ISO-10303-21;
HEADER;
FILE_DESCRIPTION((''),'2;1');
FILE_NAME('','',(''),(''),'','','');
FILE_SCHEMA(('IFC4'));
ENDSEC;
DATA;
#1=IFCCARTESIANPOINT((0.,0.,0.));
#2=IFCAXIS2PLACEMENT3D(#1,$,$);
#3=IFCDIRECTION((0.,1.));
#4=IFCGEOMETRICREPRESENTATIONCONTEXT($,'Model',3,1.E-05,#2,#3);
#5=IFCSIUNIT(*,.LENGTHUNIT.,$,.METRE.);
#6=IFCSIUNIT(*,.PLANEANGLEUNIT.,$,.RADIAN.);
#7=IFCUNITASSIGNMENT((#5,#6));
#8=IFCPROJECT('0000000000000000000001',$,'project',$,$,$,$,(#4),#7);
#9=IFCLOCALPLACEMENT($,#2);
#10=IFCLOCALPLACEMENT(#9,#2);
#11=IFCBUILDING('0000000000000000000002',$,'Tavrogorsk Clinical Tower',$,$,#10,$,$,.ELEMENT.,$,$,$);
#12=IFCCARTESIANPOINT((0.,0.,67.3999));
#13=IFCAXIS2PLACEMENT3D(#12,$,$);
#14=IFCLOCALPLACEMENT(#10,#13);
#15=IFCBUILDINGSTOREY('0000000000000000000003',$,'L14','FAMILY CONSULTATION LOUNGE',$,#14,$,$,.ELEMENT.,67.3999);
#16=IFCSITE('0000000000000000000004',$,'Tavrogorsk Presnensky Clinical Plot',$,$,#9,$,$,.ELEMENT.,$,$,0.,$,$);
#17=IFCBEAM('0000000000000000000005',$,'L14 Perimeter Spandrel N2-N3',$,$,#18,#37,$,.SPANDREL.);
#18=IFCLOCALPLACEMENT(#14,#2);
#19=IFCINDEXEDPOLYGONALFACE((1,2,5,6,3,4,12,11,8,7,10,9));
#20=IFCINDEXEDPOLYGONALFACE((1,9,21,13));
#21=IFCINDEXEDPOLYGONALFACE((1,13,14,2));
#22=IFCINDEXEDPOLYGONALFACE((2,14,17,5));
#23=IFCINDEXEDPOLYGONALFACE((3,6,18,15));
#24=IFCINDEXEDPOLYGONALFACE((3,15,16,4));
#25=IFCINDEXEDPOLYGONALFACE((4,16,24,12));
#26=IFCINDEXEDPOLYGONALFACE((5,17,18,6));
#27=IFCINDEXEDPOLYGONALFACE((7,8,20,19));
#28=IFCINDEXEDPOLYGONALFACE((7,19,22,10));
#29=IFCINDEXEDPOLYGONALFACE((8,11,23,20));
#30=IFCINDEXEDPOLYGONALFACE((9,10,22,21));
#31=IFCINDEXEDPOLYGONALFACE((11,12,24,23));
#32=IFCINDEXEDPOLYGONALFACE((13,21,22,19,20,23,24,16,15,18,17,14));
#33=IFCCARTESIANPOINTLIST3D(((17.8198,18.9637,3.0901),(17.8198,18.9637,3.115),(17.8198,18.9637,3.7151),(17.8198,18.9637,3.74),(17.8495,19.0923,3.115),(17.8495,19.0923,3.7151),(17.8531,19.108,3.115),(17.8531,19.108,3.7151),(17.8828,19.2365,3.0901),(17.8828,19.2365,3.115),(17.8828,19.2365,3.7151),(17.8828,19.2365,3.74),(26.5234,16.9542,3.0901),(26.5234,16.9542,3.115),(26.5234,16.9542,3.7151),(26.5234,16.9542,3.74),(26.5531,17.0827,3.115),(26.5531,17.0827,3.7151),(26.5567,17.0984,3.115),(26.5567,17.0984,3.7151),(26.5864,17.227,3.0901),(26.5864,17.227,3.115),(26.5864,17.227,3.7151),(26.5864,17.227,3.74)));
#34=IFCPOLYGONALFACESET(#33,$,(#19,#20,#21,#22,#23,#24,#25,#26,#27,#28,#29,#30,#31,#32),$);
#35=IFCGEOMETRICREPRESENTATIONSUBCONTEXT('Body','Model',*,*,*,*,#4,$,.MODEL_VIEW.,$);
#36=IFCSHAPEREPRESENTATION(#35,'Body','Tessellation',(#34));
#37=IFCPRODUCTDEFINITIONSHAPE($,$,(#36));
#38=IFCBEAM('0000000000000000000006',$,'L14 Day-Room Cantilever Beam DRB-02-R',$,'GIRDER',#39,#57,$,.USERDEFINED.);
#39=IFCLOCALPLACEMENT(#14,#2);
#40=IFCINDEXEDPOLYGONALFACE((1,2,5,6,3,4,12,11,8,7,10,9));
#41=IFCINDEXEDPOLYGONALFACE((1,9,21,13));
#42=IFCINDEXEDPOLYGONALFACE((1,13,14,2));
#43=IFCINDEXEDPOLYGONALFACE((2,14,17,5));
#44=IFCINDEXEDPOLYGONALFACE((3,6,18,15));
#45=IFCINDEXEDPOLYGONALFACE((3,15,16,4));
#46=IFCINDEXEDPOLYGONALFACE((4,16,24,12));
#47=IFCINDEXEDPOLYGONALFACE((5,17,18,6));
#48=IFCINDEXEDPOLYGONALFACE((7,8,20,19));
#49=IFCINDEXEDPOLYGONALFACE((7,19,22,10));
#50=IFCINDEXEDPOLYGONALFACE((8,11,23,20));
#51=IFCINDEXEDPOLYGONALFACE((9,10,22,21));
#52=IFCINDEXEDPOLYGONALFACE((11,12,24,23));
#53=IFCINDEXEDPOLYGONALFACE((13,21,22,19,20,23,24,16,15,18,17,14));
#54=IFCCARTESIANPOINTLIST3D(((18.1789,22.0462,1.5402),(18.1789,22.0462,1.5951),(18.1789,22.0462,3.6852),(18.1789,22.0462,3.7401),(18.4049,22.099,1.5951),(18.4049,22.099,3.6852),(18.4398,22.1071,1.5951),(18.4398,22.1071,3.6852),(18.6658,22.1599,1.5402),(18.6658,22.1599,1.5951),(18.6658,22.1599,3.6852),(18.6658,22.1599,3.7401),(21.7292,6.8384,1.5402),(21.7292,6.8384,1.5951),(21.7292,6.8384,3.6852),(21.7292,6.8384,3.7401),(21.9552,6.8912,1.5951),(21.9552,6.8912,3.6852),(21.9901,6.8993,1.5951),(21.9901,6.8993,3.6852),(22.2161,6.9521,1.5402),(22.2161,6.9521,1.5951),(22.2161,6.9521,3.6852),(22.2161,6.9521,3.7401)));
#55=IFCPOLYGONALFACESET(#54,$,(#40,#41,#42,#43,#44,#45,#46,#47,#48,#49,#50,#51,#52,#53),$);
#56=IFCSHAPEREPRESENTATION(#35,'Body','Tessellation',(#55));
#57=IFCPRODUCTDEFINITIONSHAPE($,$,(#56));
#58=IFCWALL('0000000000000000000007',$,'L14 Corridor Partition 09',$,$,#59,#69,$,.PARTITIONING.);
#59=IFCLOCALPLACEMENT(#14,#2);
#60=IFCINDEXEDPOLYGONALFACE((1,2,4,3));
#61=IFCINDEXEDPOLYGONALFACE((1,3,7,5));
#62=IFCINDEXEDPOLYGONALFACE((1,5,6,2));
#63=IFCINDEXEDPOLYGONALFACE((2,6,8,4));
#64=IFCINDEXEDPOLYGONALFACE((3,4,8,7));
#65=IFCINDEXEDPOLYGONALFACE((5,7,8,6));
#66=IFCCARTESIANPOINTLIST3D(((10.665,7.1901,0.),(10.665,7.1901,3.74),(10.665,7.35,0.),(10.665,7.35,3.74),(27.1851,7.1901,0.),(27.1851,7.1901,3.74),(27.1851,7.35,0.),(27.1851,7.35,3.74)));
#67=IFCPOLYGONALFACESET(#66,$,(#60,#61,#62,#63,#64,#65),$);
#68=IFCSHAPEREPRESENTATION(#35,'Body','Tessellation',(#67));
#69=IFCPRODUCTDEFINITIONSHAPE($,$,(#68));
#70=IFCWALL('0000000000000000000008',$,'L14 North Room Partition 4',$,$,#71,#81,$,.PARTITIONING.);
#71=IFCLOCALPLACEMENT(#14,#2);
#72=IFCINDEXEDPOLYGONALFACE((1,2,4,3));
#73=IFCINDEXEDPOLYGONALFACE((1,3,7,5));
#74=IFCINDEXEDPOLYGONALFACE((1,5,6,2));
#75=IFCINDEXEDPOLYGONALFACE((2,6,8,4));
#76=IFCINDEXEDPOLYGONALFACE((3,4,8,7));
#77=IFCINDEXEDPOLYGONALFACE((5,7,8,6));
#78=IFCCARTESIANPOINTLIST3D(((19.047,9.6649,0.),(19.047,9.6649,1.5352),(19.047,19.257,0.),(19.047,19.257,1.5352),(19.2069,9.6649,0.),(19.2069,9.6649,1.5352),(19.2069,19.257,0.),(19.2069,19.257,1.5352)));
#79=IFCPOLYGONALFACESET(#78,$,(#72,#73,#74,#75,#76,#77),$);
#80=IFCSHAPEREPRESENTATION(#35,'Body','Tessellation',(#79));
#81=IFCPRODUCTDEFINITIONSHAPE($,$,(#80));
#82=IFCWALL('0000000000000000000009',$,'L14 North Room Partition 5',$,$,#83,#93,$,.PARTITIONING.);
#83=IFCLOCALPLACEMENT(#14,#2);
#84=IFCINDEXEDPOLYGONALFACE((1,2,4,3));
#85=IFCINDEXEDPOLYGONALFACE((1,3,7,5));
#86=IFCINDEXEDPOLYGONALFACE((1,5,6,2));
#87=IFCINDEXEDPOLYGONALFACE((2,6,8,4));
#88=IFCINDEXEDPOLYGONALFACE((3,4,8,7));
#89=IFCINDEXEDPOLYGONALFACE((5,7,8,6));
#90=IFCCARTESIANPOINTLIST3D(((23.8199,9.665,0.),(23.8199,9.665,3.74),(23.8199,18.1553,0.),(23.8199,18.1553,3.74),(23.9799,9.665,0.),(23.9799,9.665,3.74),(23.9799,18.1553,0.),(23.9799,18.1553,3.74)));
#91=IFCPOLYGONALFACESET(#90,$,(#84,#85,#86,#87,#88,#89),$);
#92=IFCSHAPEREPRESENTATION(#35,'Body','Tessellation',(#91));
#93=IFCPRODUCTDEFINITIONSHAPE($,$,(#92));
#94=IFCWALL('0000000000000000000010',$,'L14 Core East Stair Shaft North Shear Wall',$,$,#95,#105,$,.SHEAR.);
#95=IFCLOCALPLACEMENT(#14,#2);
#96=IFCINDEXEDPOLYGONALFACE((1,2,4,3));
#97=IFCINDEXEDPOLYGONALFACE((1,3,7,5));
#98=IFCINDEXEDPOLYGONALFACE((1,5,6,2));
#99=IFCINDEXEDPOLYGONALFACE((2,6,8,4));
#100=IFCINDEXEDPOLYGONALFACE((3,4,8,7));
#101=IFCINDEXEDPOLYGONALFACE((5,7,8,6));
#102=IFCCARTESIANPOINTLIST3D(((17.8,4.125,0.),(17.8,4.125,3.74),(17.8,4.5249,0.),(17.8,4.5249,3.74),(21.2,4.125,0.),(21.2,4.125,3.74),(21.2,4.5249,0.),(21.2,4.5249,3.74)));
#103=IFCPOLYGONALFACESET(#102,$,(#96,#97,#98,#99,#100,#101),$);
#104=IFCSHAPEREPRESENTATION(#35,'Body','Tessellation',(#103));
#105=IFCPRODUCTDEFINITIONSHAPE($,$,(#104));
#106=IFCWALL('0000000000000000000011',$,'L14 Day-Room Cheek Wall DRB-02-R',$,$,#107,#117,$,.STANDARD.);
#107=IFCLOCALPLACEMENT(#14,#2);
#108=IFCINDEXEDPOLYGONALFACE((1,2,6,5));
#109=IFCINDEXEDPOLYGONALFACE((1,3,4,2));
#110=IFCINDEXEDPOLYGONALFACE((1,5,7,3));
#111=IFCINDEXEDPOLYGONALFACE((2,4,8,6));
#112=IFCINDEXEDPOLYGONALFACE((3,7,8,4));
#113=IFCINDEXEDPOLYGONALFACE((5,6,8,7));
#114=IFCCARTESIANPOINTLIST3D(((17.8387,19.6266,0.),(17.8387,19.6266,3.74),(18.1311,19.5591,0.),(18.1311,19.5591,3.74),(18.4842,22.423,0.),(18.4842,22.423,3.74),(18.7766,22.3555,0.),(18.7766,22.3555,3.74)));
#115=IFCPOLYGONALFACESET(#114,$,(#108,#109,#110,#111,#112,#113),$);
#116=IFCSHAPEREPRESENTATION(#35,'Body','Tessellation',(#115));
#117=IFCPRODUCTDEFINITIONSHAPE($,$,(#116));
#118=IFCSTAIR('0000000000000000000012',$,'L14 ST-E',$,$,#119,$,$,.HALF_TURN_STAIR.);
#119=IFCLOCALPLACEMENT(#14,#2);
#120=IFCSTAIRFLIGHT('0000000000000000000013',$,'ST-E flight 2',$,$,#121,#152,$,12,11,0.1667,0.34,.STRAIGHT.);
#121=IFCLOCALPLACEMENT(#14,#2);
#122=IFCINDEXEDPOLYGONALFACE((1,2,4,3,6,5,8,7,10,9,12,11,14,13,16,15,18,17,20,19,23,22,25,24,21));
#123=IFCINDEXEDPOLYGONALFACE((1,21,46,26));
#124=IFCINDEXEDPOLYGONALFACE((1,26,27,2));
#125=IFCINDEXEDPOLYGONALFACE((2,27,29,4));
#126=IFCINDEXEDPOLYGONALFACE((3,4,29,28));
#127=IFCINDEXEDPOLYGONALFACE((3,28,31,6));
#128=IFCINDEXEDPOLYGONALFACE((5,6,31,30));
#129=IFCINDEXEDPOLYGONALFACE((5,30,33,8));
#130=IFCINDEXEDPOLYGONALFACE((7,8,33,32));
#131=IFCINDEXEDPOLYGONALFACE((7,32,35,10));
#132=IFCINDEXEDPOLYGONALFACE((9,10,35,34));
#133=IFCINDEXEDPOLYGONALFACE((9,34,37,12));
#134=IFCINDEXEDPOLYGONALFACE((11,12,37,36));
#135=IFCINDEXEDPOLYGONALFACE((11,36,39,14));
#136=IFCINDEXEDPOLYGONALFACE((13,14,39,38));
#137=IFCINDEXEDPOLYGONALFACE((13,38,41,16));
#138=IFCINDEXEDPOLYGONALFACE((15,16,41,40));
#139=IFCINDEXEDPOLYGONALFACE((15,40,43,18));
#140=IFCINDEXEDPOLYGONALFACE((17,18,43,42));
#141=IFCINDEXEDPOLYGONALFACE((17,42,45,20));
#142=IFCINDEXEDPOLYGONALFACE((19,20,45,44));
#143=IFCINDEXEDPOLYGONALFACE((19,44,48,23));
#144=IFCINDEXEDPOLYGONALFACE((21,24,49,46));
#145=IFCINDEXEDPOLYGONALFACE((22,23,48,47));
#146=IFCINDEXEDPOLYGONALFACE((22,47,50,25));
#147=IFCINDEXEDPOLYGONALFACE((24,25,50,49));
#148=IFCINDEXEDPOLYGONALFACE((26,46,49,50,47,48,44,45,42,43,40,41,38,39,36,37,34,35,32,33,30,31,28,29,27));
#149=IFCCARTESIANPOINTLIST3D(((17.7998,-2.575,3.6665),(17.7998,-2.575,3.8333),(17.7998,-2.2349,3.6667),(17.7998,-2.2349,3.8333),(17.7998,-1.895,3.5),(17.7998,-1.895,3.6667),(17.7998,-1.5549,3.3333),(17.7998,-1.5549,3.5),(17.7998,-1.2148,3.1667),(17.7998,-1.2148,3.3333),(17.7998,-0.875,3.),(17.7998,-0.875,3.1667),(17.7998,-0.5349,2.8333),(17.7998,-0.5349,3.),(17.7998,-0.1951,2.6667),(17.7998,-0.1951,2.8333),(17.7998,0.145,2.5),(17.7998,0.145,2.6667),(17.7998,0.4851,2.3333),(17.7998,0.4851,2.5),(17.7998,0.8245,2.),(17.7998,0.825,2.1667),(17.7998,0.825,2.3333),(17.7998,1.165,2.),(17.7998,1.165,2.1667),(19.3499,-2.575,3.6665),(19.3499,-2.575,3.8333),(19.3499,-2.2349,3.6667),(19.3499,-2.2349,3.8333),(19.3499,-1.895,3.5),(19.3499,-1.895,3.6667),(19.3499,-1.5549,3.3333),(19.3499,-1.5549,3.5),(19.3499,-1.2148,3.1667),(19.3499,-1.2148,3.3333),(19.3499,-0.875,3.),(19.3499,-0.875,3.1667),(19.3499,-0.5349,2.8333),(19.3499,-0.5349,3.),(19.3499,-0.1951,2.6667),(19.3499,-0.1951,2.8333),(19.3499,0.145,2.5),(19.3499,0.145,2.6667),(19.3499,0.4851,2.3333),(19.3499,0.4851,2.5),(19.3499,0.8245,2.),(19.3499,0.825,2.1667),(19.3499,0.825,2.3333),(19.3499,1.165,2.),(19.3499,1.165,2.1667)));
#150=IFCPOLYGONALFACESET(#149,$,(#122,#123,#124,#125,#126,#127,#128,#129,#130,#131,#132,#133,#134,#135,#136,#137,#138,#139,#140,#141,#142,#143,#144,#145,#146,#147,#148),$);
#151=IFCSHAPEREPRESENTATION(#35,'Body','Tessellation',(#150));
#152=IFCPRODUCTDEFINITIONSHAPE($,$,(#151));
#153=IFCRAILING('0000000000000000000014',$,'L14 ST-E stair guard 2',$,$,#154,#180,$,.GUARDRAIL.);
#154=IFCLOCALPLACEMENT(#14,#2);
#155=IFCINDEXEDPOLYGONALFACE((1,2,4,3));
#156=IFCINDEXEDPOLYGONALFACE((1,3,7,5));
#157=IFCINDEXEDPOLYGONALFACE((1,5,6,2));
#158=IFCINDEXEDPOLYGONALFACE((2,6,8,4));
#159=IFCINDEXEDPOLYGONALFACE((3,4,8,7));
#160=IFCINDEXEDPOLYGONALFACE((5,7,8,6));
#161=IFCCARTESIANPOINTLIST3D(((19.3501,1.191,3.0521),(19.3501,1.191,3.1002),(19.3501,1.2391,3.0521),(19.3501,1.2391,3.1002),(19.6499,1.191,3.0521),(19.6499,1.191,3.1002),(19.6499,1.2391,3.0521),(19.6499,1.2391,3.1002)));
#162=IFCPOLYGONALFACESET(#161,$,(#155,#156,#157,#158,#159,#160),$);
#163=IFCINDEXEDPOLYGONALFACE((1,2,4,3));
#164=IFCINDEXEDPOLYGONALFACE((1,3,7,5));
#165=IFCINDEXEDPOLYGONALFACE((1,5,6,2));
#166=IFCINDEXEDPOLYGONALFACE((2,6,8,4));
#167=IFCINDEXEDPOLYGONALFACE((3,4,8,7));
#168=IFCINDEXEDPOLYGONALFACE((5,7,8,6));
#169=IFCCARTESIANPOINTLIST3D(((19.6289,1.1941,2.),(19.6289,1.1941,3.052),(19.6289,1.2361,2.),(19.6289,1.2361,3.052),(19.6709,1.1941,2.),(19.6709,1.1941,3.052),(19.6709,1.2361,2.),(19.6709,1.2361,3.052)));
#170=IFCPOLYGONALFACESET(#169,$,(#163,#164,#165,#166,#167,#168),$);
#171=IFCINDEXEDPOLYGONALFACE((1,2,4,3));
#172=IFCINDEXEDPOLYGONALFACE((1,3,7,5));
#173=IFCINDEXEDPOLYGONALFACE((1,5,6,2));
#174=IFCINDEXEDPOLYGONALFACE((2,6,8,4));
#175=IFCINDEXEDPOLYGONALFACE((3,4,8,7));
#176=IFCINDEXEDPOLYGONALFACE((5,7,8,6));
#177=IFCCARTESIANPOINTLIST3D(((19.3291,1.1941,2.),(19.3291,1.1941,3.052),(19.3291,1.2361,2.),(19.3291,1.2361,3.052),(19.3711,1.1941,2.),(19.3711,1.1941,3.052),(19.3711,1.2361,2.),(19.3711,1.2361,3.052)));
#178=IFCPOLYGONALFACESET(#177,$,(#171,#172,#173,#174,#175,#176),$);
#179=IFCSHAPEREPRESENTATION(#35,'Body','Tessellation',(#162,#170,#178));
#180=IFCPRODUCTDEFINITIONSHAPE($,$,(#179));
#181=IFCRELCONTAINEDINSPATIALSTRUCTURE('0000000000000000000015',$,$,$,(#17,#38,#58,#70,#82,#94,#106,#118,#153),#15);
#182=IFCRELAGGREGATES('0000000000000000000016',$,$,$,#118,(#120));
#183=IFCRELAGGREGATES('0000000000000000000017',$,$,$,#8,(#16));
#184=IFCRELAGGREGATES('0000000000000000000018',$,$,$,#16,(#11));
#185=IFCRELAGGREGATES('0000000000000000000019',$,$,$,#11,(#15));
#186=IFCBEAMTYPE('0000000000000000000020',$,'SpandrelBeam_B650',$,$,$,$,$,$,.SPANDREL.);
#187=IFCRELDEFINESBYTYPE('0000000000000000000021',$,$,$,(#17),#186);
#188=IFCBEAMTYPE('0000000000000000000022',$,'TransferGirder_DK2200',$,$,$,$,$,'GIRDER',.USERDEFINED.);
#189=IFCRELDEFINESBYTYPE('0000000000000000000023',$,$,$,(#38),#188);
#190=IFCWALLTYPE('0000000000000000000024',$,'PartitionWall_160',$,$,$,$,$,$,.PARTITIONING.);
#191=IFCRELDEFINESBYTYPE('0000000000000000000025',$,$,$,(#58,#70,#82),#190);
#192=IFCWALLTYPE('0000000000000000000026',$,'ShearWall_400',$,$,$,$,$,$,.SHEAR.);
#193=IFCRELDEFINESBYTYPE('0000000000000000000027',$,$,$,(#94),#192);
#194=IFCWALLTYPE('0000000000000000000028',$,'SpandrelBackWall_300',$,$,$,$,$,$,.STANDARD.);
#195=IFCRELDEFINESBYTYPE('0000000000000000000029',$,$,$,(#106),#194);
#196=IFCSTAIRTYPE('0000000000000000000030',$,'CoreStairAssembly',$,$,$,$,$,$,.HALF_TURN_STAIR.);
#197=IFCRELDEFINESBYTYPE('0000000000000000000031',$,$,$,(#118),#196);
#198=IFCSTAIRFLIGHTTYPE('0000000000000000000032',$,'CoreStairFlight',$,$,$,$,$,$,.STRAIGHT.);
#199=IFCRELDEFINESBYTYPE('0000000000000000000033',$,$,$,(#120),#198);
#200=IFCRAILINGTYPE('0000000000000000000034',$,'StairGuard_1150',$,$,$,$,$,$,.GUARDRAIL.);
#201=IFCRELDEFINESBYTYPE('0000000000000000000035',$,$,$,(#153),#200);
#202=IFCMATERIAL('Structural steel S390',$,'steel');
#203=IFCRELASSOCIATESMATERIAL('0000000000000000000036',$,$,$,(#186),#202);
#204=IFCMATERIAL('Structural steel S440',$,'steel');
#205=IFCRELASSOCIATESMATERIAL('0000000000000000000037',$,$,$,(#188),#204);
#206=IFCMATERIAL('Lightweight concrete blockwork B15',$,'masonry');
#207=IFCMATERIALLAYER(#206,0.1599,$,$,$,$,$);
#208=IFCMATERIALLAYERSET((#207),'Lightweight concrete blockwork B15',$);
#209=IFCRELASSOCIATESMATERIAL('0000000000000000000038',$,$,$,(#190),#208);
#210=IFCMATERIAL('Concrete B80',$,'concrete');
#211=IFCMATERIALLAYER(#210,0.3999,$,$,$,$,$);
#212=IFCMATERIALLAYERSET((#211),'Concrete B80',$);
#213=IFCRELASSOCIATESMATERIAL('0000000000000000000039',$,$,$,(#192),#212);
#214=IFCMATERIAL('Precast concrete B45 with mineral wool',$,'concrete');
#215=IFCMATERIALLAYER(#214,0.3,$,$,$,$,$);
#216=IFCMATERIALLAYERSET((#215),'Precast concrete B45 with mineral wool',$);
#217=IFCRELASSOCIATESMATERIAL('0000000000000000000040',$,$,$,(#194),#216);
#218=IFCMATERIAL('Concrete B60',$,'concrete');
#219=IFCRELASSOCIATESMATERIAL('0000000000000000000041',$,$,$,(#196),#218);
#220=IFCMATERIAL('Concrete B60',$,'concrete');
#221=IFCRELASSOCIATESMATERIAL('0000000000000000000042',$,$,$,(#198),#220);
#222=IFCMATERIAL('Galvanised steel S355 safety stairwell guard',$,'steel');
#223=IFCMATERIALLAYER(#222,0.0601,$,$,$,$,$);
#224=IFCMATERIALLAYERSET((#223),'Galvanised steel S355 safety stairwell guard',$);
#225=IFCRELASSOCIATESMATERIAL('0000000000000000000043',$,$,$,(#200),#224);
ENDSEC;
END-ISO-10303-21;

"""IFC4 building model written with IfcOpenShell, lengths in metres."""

from ifc_helpers import new_model, si_unit, direction, frame, frame_2d, origin, origin_2d, place, context, subcontext, project, spatial, polyline, rectangle, i_section, outline, extrude, material, layer, layer_set, material_profile, profile_set, type_object, element, aggregate, save


model = new_model("IFC4")

# Units and contexts
model_context = context("Model", 3, precision=1e-05, world=origin(), true_north=direction((0.0, 1.0)))
body_context = subcontext(model_context, "Body", "Model", "MODEL_VIEW")
ifc_project = project(units=[si_unit("LENGTHUNIT", "METRE"), si_unit("PLANEANGLEUNIT", "RADIAN")], contexts=[model_context])

# Site, building, storey
site_placement = place(None, origin())
site = spatial("IfcSite", under=ifc_project, at=site_placement, Name="Tavrogorsk Presnensky Clinical Plot", CompositionType="ELEMENT", RefElevation=0.0)
building_placement = place(site_placement, origin())
building = spatial("IfcBuilding", under=site, at=building_placement, Name="Tavrogorsk Clinical Tower", CompositionType="ELEMENT")
storey_placement = place(building_placement, frame((0.0, 0.0, 67.3999)))
storey = spatial("IfcBuildingStorey", under=building, at=storey_placement, Name="L14", Description="FAMILY CONSULTATION LOUNGE", CompositionType="ELEMENT", Elevation=67.3999)

# Beams
ifc_material_1 = material(Name="Structural steel S390", Category="steel")
ifc_material_profile_1 = material_profile(ifc_material_1, i_section(OverallWidth=0.28, OverallDepth=0.6499, WebThickness=0.0161, FlangeThickness=0.0249, at=origin_2d()), Name="B-650x280x16x25")
ifc_profile_set_1 = profile_set([ifc_material_profile_1], Name="Structural steel S390")
beam_type_1 = type_object("IfcBeamType", Name="SpandrelBeam_B650", PredefinedType="SPANDREL", material=ifc_profile_set_1)
beam_1_placement = place(storey_placement, frame((26.5549, 17.0906, 3.415), z_axis=(-0.974367, 0.224965, 0.0), x_axis=(-0.224965, -0.974367, 0.0)))
element("IfcBeam", 1, at=beam_1_placement, inside=storey, type_object=beam_type_1, Name="L14 Perimeter Spandrel N2-N3", PredefinedType="SPANDREL", context=body_context, shape_type="SweptSolid", body=[
    extrude(i_section(OverallWidth=0.28, OverallDepth=0.6499, WebThickness=0.0161, FlangeThickness=0.0249, at=origin_2d()), origin(), (0.0, 0.0, 1.0), 8.9326),
])
ifc_material_2 = material(Name="Structural steel S440", Category="steel")
ifc_material_profile_2 = material_profile(ifc_material_2, i_section(OverallWidth=0.5, OverallDepth=2.2, WebThickness=0.0359, FlangeThickness=0.0549, at=origin_2d()), Name="DK-2200x500x36x55")
ifc_profile_set_2 = profile_set([ifc_material_profile_2], Name="Structural steel S440")
beam_type_2 = type_object("IfcBeamType", Name="TransferGirder_DK2200", ElementType="GIRDER", PredefinedType="USERDEFINED", material=ifc_profile_set_2)
beam_2_placement = place(storey_placement, frame((21.9727, 6.8953, 2.6401), z_axis=(-0.22734, 0.973815, 0.0), x_axis=(-0.973815, -0.22734, 0.0)))
element("IfcBeam", 2, at=beam_2_placement, inside=storey, type_object=beam_type_2, Name="L14 Day-Room Cantilever Beam DRB-02-R", ObjectType="GIRDER", PredefinedType="USERDEFINED", context=body_context, shape_type="SweptSolid", body=[
    extrude(i_section(OverallWidth=0.5, OverallDepth=2.2, WebThickness=0.0359, FlangeThickness=0.0549, at=origin_2d()), origin(), (0.0, 0.0, 1.0), 15.6167),
])

# Walls
ifc_material_3 = material(Name="Lightweight concrete blockwork B15", Category="masonry")
ifc_layer_1 = layer(ifc_material_3, 0.1599)
ifc_layer_set_1 = layer_set([ifc_layer_1], Name="Lightweight concrete blockwork B15")
wall_type_1 = type_object("IfcWallType", Name="PartitionWall_160", PredefinedType="PARTITIONING", material=ifc_layer_set_1)
wall_1_placement = place(storey_placement, frame((27.1851, 7.27, 0.0), z_axis=(0.0, 0.0, 1.0), x_axis=(-1.0, 0.0, 0.0)))
element("IfcWall", 3, at=wall_1_placement, inside=storey, type_object=wall_type_1, Name="L14 Corridor Partition 09", PredefinedType="PARTITIONING", context=body_context, shape_type="SweptSolid", body=[
    extrude(rectangle(XDim=16.52, YDim=0.1599, at=frame_2d((8.26, 0.0))), origin(), (0.0, 0.0, 1.0), 3.74),
])
wall_2_placement = place(storey_placement, frame((19.127, 9.665, 0.0), z_axis=(0.0, 0.0, 1.0), x_axis=(0.0, 1.0, 0.0)))
element("IfcWall", 4, at=wall_2_placement, inside=storey, type_object=wall_type_1, Name="L14 North Room Partition 4", PredefinedType="PARTITIONING", context=body_context, shape_type="SweptSolid", body=[
    extrude(rectangle(XDim=9.592, YDim=0.1599, at=frame_2d((4.7959, 0.0))), origin(), (0.0, 0.0, 1.0), 1.5352),
])
wall_3_placement = place(storey_placement, frame((23.8999, 9.665, 0.0), z_axis=(0.0, 0.0, 1.0), x_axis=(0.0, 1.0, 0.0)))
element("IfcWall", 5, at=wall_3_placement, inside=storey, type_object=wall_type_1, Name="L14 North Room Partition 5", PredefinedType="PARTITIONING", context=body_context, shape_type="SweptSolid", body=[
    extrude(rectangle(XDim=8.4902, YDim=0.1599, at=frame_2d((4.2451, 0.0))), origin(), (0.0, 0.0, 1.0), 3.74),
])
ifc_material_4 = material(Name="Concrete B80", Category="concrete")
ifc_layer_2 = layer(ifc_material_4, 0.3999)
ifc_layer_set_2 = layer_set([ifc_layer_2], Name="Concrete B80")
wall_type_2 = type_object("IfcWallType", Name="ShearWall_400", PredefinedType="SHEAR", material=ifc_layer_set_2)
wall_4_placement = place(storey_placement, frame((17.8, 4.325, 0.0), z_axis=(0.0, 0.0, 1.0), x_axis=(1.0, 0.0, 0.0)))
element("IfcWall", 6, at=wall_4_placement, inside=storey, type_object=wall_type_2, Name="L14 Core East Stair Shaft North Shear Wall", PredefinedType="SHEAR", context=body_context, shape_type="SweptSolid", body=[
    extrude(rectangle(XDim=3.3999, YDim=0.3999, at=frame_2d((1.7, 0.0))), origin(), (0.0, 0.0, 1.0), 3.74),
])
ifc_material_5 = material(Name="Precast concrete B45 with mineral wool", Category="concrete")
ifc_layer_3 = layer(ifc_material_5, 0.3)
ifc_layer_set_3 = layer_set([ifc_layer_3], Name="Precast concrete B45 with mineral wool")
wall_type_3 = type_object("IfcWallType", Name="SpandrelBackWall_300", PredefinedType="STANDARD", material=ifc_layer_set_3)
wall_5_placement = place(storey_placement, frame((17.9849, 19.5928, 0.0), z_axis=(0.0, 0.0, 1.0), x_axis=(0.224922, 0.974377, 0.0)))
element("IfcWall", 7, at=wall_5_placement, inside=storey, type_object=wall_type_3, Name="L14 Day-Room Cheek Wall DRB-02-R", PredefinedType="STANDARD", context=body_context, shape_type="SweptSolid", body=[
    extrude(rectangle(XDim=2.8699, YDim=0.3, at=frame_2d((1.4351, 0.0))), origin(), (0.0, 0.0, 1.0), 3.74),
])

# Stair, stair flight
ifc_material_6 = material(Name="Concrete B60", Category="concrete")
stair_type = type_object("IfcStairType", Name="CoreStairAssembly", PredefinedType="HALF_TURN_STAIR", material=ifc_material_6)
stair_placement = place(storey_placement, origin())
stair = element("IfcStair", 8, at=stair_placement, inside=storey, type_object=stair_type, Name="L14 ST-E", PredefinedType="HALF_TURN_STAIR")
ifc_material_7 = material(Name="Concrete B60", Category="concrete")
stair_flight_type = type_object("IfcStairFlightType", Name="CoreStairFlight", PredefinedType="STRAIGHT", material=ifc_material_7)
stair_flight_placement = place(storey_placement, frame((18.575, 1.165, 2.0), z_axis=(0.0, 0.0, 1.0), x_axis=(0.0, -1.0, 0.0)))
stair_flight = element("IfcStairFlight", 9, at=stair_flight_placement, type_object=stair_flight_type, Name="ST-E flight 2", NumberOfRisers=12, NumberOfTreads=11, PredefinedType="STRAIGHT", RiserHeight=0.1667, TreadLength=0.34, context=body_context, shape_type="SweptSolid", body=[
    extrude(outline(polyline([(0.0, 0.0), (0.0, 0.1667), (0.3401, 0.1667), (0.3401, 0.3333), (0.6799, 0.3333), (0.6799, 0.5), (1.02, 0.5), (1.02, 0.6667), (1.3601, 0.6667), (1.3601, 0.8333), (1.7, 0.8333), (1.7, 1.0), (2.04, 1.0), (2.04, 1.1667), (2.3799, 1.1667), (2.3799, 1.3333), (2.72, 1.3333), (2.72, 1.5), (3.0601, 1.5), (3.0601, 1.6667), (3.3999, 1.6667), (3.3999, 1.8333), (3.74, 1.8333), (3.74, 2.0), (3.74, 1.6665), (0.3406, 0.0), (0.0, 0.0)])), frame((0.0, 0.7749, 0.0), z_axis=(0.0, -1.0, 0.0), x_axis=(1.0, 0.0, 0.0)), (0.0, 0.0, 1.0), 1.55),
])
aggregate(stair, [stair_flight])

# Railing
ifc_material_8 = material(Name="Galvanised steel S355 safety stairwell guard", Category="steel")
ifc_layer_4 = layer(ifc_material_8, 0.0601)
ifc_layer_set_4 = layer_set([ifc_layer_4], Name="Galvanised steel S355 safety stairwell guard")
railing_type_1 = type_object("IfcRailingType", Name="StairGuard_1150", PredefinedType="GUARDRAIL", material=ifc_layer_set_4)
railing_1_placement = place(storey_placement, frame((19.6499, 1.2151, 2.0)))
element("IfcRailing", 10, at=railing_1_placement, inside=storey, type_object=railing_type_1, Name="L14 ST-E stair guard 2", PredefinedType="GUARDRAIL", context=body_context, shape_type="SweptSolid", body=[
    extrude(rectangle(XDim=0.0481, YDim=0.0481, at=origin_2d()), frame((0.0, 0.0, 1.0762), z_axis=(-1.0, 0.0, 0.0), x_axis=(0.0, -1.0, 0.0)), (0.0, 0.0, 1.0), 0.2998),
    extrude(rectangle(XDim=0.042, YDim=0.042, at=origin_2d()), origin(), (0.0, 0.0, 1.0), 1.052),
    extrude(rectangle(XDim=0.042, YDim=0.042, at=origin_2d()), frame((-0.2998, 0.0, 0.0)), (0.0, 0.0, 1.0), 1.052),
])

save(model, "model.ifc")
